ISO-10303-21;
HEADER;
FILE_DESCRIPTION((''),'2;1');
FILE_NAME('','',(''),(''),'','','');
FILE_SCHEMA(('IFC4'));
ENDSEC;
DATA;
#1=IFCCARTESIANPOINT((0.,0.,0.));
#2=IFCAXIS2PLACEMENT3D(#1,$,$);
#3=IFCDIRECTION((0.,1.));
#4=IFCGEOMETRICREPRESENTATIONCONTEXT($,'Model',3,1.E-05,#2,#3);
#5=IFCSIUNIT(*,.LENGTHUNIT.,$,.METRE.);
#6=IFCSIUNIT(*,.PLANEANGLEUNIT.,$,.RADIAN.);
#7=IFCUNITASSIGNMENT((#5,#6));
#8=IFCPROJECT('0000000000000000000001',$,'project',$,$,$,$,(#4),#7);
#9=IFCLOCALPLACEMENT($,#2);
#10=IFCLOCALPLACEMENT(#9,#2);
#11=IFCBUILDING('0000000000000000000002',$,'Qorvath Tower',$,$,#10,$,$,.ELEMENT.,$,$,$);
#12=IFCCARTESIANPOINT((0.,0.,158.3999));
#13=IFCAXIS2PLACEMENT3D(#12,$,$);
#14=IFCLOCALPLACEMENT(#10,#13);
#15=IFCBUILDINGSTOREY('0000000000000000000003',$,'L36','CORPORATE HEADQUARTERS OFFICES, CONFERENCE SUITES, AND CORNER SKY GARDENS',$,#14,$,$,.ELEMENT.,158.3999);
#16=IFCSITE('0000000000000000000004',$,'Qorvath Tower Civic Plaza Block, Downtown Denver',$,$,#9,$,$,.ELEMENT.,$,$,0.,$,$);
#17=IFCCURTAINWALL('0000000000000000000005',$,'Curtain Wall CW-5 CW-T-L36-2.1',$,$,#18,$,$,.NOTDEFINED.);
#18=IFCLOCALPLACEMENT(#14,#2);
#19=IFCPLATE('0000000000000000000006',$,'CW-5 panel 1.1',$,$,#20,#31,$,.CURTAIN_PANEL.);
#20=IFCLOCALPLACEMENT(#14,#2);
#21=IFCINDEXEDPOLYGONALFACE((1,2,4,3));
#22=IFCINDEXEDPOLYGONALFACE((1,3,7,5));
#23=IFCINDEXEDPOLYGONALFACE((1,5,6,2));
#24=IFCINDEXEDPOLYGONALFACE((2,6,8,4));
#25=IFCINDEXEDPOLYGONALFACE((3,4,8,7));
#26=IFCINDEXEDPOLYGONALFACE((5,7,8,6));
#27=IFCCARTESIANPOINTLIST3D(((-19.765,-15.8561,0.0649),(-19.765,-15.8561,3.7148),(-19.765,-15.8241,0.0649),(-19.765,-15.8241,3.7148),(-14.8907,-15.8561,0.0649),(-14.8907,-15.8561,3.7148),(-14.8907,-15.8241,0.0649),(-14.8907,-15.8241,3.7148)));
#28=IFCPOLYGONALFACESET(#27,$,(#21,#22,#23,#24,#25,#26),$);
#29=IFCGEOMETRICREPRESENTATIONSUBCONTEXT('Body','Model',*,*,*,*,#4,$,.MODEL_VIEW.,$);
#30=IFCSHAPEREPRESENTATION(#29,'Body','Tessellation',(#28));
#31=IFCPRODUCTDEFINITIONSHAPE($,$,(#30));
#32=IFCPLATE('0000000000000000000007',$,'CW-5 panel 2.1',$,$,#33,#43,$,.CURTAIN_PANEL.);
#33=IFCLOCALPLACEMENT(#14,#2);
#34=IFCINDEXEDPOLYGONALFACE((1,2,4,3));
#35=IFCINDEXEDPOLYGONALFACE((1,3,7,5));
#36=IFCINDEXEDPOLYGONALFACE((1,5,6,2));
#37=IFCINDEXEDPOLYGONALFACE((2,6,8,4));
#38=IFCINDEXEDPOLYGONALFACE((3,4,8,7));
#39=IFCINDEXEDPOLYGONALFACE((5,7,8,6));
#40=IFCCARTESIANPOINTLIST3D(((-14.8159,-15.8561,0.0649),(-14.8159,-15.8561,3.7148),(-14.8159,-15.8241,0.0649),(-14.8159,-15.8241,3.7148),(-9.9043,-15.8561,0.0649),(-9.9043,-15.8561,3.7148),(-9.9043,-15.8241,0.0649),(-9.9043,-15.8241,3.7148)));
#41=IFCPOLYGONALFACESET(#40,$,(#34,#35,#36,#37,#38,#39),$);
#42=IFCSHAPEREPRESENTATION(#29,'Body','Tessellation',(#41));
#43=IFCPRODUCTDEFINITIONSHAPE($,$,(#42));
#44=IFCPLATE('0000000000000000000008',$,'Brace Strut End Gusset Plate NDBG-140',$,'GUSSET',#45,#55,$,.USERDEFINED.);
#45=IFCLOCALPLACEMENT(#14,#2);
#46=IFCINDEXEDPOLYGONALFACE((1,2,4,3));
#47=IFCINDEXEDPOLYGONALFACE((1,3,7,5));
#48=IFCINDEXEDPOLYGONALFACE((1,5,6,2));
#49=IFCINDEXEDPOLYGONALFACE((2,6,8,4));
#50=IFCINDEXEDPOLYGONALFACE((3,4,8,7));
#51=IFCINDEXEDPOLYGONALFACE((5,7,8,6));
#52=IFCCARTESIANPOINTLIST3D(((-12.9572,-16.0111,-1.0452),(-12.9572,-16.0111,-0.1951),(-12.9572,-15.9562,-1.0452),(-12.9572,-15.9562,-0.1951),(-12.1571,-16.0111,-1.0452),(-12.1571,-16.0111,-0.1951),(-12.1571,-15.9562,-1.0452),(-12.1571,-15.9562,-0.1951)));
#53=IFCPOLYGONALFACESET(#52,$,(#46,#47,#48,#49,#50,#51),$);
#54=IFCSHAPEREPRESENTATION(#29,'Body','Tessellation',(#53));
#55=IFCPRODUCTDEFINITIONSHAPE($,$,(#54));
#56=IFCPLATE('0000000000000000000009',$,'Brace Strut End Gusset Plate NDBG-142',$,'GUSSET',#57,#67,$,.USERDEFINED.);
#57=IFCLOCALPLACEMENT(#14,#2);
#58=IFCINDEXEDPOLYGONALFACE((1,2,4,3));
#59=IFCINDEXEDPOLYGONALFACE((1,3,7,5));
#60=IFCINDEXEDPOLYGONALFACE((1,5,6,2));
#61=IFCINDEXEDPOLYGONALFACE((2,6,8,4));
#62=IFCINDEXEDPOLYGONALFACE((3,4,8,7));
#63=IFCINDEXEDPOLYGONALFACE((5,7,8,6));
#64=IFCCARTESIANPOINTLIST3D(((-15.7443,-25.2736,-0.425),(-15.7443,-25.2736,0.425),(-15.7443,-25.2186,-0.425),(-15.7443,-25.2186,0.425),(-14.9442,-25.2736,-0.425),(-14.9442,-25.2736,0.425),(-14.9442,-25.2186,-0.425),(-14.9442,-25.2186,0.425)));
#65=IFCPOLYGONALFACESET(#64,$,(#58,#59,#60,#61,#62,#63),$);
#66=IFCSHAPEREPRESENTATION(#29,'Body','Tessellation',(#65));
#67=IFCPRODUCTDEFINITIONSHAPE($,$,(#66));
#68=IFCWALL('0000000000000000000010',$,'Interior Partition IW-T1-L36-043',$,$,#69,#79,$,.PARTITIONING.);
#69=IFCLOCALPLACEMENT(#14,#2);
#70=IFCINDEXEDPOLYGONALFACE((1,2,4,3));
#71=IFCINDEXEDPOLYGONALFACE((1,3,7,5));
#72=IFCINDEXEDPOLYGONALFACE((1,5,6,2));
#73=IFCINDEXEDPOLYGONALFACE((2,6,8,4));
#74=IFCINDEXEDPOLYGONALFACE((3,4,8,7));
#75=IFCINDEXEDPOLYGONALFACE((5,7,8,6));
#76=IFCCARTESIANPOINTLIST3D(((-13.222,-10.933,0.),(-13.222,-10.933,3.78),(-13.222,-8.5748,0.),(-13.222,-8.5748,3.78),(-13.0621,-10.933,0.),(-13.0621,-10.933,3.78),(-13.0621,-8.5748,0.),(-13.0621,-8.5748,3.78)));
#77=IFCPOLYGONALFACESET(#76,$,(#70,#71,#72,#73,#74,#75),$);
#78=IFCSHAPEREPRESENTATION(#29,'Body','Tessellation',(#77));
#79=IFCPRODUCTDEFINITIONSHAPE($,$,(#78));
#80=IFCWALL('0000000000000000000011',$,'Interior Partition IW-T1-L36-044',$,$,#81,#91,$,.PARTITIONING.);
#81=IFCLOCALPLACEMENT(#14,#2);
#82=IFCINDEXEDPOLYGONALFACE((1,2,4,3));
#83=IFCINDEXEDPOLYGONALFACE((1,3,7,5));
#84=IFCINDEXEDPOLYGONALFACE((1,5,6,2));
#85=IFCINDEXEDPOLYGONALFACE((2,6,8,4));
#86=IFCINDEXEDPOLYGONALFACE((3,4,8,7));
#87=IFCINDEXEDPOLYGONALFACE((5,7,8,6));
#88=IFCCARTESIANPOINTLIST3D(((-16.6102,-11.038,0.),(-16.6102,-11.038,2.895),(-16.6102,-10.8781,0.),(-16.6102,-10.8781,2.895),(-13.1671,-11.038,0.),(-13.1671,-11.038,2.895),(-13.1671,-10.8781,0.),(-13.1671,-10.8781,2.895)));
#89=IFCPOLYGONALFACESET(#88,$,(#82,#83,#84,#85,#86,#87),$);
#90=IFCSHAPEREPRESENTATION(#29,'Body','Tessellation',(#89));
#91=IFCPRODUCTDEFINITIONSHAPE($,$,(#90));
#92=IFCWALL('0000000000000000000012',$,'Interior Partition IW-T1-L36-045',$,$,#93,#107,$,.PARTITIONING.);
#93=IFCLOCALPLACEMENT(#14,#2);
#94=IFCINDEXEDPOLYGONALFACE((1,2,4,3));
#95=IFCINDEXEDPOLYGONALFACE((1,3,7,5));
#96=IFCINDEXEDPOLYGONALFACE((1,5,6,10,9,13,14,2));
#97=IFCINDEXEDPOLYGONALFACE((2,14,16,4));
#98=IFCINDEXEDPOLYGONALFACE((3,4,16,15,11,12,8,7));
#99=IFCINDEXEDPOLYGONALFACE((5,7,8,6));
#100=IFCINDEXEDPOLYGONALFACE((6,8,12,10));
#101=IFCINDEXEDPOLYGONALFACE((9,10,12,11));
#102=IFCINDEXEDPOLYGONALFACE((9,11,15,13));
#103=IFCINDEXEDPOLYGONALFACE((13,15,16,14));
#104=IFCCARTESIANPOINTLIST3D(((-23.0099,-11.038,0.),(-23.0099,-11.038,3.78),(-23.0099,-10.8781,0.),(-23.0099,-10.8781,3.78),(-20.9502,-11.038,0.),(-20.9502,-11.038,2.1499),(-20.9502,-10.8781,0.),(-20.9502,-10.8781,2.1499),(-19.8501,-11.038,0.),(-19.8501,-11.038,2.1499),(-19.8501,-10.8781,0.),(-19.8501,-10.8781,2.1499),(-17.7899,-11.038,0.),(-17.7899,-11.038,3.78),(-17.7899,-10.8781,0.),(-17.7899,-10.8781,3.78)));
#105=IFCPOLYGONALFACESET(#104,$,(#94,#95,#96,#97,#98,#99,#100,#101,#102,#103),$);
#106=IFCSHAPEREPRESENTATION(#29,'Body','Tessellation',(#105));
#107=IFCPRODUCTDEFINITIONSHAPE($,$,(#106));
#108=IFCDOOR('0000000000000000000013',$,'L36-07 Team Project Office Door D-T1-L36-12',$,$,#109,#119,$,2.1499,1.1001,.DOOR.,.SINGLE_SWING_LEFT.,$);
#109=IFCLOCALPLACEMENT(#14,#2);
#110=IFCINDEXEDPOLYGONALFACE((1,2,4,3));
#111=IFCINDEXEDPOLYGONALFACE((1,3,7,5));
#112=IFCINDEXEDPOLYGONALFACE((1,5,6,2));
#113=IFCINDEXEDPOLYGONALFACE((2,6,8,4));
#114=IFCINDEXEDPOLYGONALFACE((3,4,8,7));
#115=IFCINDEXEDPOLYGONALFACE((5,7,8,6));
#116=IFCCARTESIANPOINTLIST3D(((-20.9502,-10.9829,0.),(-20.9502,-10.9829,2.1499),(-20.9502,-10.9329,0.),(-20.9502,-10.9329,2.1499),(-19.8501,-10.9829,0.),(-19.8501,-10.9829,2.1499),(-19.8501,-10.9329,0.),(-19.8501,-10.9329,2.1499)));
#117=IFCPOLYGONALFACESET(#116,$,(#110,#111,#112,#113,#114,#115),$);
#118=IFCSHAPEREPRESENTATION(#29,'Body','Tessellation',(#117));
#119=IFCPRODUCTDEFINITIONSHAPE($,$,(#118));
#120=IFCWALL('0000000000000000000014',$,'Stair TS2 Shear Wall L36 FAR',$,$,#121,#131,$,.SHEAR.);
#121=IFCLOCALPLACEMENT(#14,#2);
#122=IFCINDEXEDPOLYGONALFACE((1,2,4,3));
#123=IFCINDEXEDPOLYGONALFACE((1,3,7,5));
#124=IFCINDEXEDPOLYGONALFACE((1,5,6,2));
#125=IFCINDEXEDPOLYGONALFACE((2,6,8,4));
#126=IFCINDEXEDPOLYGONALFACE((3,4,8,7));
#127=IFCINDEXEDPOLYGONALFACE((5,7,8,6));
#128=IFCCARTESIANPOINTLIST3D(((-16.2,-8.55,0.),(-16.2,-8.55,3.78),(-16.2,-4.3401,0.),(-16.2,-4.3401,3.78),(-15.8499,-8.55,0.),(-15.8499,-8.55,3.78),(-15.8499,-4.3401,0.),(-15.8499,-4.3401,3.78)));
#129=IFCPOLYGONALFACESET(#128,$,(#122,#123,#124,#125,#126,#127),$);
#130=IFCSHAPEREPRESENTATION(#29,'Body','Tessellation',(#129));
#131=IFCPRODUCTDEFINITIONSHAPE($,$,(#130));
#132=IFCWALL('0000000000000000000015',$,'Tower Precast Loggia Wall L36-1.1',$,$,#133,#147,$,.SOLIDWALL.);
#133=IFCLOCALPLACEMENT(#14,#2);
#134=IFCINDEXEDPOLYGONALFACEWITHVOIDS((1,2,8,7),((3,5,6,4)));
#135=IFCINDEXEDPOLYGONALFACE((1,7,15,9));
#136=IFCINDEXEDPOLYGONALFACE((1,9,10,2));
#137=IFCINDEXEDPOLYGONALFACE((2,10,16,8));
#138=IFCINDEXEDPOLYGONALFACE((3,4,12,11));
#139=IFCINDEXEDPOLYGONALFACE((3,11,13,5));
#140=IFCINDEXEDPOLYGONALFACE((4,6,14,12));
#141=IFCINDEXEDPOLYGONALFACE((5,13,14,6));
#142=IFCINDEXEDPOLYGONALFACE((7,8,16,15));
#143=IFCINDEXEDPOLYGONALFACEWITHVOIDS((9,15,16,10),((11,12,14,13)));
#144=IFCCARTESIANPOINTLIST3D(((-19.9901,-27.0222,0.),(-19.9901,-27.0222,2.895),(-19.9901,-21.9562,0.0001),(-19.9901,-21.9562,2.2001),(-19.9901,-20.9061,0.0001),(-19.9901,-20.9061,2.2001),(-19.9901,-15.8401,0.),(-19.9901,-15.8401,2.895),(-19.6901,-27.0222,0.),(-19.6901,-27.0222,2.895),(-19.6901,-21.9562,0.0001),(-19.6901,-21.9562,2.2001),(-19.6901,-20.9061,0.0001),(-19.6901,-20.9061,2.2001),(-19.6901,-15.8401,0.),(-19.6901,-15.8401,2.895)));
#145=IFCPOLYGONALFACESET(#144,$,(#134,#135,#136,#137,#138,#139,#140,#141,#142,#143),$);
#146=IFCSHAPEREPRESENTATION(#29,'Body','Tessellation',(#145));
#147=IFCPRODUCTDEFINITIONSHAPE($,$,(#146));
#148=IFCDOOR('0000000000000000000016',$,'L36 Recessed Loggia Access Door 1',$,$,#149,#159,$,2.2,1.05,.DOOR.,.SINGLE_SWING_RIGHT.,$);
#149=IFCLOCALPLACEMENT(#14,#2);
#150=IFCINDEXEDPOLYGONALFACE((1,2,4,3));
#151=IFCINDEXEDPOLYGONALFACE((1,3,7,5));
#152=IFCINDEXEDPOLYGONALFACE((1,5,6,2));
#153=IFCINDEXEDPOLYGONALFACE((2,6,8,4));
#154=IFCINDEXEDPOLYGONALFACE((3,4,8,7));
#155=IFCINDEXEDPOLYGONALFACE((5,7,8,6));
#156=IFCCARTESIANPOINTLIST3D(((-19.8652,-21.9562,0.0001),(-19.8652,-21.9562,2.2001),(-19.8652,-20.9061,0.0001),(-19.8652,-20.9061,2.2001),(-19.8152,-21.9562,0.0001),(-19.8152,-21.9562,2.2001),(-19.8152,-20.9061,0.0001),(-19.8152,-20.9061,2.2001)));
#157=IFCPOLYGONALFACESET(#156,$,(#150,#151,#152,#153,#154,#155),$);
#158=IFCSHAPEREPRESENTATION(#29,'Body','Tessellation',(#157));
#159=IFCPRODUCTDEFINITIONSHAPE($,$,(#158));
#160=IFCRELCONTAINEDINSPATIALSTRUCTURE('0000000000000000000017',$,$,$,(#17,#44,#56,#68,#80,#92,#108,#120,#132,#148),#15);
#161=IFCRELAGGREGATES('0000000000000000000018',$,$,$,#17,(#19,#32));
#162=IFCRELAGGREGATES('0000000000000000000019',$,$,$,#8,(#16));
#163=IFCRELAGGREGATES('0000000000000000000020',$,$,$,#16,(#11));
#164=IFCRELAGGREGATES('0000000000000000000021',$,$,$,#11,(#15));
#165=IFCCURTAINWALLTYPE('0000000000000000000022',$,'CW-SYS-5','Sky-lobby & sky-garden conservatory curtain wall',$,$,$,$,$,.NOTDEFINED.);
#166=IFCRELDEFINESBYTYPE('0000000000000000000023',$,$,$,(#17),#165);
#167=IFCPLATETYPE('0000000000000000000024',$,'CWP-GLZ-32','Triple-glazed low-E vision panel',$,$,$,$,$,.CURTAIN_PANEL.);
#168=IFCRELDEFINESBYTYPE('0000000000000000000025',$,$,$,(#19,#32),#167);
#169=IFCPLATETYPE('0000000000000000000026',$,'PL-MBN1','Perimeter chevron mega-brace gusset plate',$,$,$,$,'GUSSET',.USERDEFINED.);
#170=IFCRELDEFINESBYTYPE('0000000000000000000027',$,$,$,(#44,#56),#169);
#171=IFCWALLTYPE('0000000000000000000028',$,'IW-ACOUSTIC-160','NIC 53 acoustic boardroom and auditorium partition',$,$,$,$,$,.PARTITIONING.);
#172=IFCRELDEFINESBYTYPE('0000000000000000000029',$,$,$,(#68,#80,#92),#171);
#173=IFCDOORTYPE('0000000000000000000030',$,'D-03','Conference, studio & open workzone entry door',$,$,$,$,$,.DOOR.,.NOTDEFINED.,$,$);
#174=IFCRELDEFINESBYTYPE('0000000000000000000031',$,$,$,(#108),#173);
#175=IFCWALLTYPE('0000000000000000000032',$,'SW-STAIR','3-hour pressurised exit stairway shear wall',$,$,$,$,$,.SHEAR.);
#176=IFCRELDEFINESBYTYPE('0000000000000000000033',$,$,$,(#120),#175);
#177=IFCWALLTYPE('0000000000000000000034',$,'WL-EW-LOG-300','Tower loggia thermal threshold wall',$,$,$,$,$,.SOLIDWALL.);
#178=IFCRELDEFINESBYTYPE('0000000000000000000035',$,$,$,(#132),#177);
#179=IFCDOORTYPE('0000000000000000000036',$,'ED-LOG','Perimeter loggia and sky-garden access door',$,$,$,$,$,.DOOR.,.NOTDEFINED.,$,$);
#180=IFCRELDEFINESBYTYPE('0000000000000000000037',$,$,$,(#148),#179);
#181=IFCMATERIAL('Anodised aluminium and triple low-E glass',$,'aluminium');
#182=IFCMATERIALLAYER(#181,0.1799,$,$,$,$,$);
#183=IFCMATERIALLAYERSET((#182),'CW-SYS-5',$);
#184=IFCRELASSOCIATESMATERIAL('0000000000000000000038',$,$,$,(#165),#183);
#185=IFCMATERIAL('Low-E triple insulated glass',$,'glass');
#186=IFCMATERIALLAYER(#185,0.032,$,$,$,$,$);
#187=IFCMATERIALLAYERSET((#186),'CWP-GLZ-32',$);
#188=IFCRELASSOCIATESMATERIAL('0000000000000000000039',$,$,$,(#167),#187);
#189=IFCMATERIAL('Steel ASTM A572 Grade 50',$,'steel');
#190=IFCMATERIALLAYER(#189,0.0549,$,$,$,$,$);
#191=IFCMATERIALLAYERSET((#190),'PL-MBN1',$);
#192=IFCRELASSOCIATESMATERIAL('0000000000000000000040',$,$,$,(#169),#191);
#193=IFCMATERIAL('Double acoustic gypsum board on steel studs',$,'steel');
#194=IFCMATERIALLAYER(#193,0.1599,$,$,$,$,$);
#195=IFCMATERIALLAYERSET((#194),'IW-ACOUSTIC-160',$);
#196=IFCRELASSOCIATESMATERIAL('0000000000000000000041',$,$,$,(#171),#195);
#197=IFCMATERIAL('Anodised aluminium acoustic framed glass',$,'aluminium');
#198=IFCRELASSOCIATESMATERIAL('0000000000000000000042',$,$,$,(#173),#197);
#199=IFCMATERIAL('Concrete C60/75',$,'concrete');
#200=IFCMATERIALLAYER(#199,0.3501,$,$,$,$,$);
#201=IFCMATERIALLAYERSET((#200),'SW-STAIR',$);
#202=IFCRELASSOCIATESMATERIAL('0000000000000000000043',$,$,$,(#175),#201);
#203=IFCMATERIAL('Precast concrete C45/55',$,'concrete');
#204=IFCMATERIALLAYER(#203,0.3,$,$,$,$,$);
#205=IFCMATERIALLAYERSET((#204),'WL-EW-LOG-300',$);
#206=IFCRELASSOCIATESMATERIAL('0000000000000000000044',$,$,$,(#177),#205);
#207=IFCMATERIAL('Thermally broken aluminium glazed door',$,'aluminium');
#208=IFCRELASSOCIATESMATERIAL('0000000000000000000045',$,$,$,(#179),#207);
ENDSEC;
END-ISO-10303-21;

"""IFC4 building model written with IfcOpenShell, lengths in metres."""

from ifc_helpers import new_model, si_unit, direction, frame, frame_2d, origin, origin_2d, place, context, subcontext, project, spatial, rectangle, extrude, material, layer, layer_set, type_object, element, fill, aggregate, save


model = new_model("IFC4")

# Units and contexts
model_context = context("Model", 3, precision=1e-05, world=origin(), true_north=direction((0.0, 1.0)))
body_context = subcontext(model_context, "Body", "Model", "MODEL_VIEW")
ifc_project = project(units=[si_unit("LENGTHUNIT", "METRE"), si_unit("PLANEANGLEUNIT", "RADIAN")], contexts=[model_context])

# Site, building, storey
site_placement = place(None, origin())
site = spatial("IfcSite", under=ifc_project, at=site_placement, Name="Qorvath Tower Civic Plaza Block, Downtown Denver", CompositionType="ELEMENT", RefElevation=0.0)
building_placement = place(site_placement, origin())
building = spatial("IfcBuilding", under=site, at=building_placement, Name="Qorvath Tower", CompositionType="ELEMENT")
storey_placement = place(building_placement, frame((0.0, 0.0, 158.3999)))
storey = spatial("IfcBuildingStorey", under=building, at=storey_placement, Name="L36", Description="CORPORATE HEADQUARTERS OFFICES, CONFERENCE SUITES, AND CORNER SKY GARDENS", CompositionType="ELEMENT", Elevation=158.3999)

# Curtain wall
ifc_material_1 = material(Name="Anodised aluminium and triple low-E glass", Category="aluminium")
ifc_layer_1 = layer(ifc_material_1, 0.1799)
ifc_layer_set_1 = layer_set([ifc_layer_1], Name="CW-SYS-5")
curtain_wall_type = type_object("IfcCurtainWallType", Name="CW-SYS-5", Description="Sky-lobby & sky-garden conservatory curtain wall", PredefinedType="NOTDEFINED", material=ifc_layer_set_1)
curtain_wall_placement = place(storey_placement, origin())
curtain_wall = element("IfcCurtainWall", 1, at=curtain_wall_placement, inside=storey, type_object=curtain_wall_type, Name="Curtain Wall CW-5 CW-T-L36-2.1", PredefinedType="NOTDEFINED")

# Plates
ifc_material_2 = material(Name="Low-E triple insulated glass", Category="glass")
ifc_layer_2 = layer(ifc_material_2, 0.032)
ifc_layer_set_2 = layer_set([ifc_layer_2], Name="CWP-GLZ-32")
plate_type_1 = type_object("IfcPlateType", Name="CWP-GLZ-32", Description="Triple-glazed low-E vision panel", PredefinedType="CURTAIN_PANEL", material=ifc_layer_set_2)
plate_1_placement = place(storey_placement, frame((-17.3279, -15.8401, 0.0649), z_axis=(0.0, 0.0, 1.0), x_axis=(1.0, 0.0, 0.0)))
plate_1 = element("IfcPlate", 2, at=plate_1_placement, type_object=plate_type_1, Name="CW-5 panel 1.1", PredefinedType="CURTAIN_PANEL", context=body_context, shape_type="SweptSolid", body=[
    extrude(rectangle(XDim=4.8743, YDim=0.032, at=origin_2d()), origin(), (0.0, 0.0, 1.0), 3.6499),
])
plate_2_placement = place(storey_placement, frame((-12.3601, -15.8401, 0.0649), z_axis=(0.0, 0.0, 1.0), x_axis=(1.0, 0.0, 0.0)))
plate_2 = element("IfcPlate", 3, at=plate_2_placement, type_object=plate_type_1, Name="CW-5 panel 2.1", PredefinedType="CURTAIN_PANEL", context=body_context, shape_type="SweptSolid", body=[
    extrude(rectangle(XDim=4.9116, YDim=0.032, at=origin_2d()), origin(), (0.0, 0.0, 1.0), 3.6499),
])
aggregate(curtain_wall, [plate_1, plate_2])

# Plates
ifc_material_3 = material(Name="Steel ASTM A572 Grade 50", Category="steel")
ifc_layer_3 = layer(ifc_material_3, 0.0549)
ifc_layer_set_3 = layer_set([ifc_layer_3], Name="PL-MBN1")
plate_type_2 = type_object("IfcPlateType", Name="PL-MBN1", Description="Perimeter chevron mega-brace gusset plate", ElementType="GUSSET", PredefinedType="USERDEFINED", material=ifc_layer_set_3)
for number, where, z_axis, x_axis, name in (
    (4, (-12.5571, -15.9836, -1.0452), (0.0, 0.0, 1.0), (1.0, 0.0, 0.0), "Brace Strut End Gusset Plate NDBG-140"),
    (5, (-15.3442, -25.2461, -0.425), (0.0, 0.0, 1.0), (1.0, 0.0, 0.0), "Brace Strut End Gusset Plate NDBG-142"),
):
    element("IfcPlate", number, at=place(storey_placement, frame(where, z_axis=z_axis, x_axis=x_axis)), inside=storey, type_object=plate_type_2, Name=name, ObjectType="GUSSET", PredefinedType="USERDEFINED", context=body_context, shape_type="SweptSolid", body=[
        extrude(rectangle(XDim=0.8, YDim=0.0549, at=origin_2d()), origin(), (0.0, 0.0, 1.0), 0.8501),
    ])

# Walls
ifc_material_4 = material(Name="Double acoustic gypsum board on steel studs", Category="steel")
ifc_layer_4 = layer(ifc_material_4, 0.1599)
ifc_layer_set_4 = layer_set([ifc_layer_4], Name="IW-ACOUSTIC-160")
wall_type_1 = type_object("IfcWallType", Name="IW-ACOUSTIC-160", Description="NIC 53 acoustic boardroom and auditorium partition", PredefinedType="PARTITIONING", material=ifc_layer_set_4)
wall_1_placement = place(storey_placement, frame((-13.1421, -10.9331, 0.0), z_axis=(0.0, 0.0, 1.0), x_axis=(0.0, 1.0, 0.0)))
element("IfcWall", 6, at=wall_1_placement, inside=storey, type_object=wall_type_1, Name="Interior Partition IW-T1-L36-043", PredefinedType="PARTITIONING", context=body_context, shape_type="SweptSolid", body=[
    extrude(rectangle(XDim=2.3582, YDim=0.1599, at=frame_2d((1.1792, 0.0))), origin(), (0.0, 0.0, 1.0), 3.78),
])
wall_2_placement = place(storey_placement, frame((-13.167, -10.958, 0.0), z_axis=(0.0, 0.0, 1.0), x_axis=(-1.0, 0.0, 0.0)))
element("IfcWall", 7, at=wall_2_placement, inside=storey, type_object=wall_type_1, Name="Interior Partition IW-T1-L36-044", PredefinedType="PARTITIONING", context=body_context, shape_type="SweptSolid", body=[
    extrude(rectangle(XDim=3.4431, YDim=0.1599, at=frame_2d((1.7217, 0.0))), origin(), (0.0, 0.0, 1.0), 2.895),
])

# Wall, opening, door
wall_3_placement = place(storey_placement, frame((-17.79, -10.958, 0.0), z_axis=(0.0, 0.0, 1.0), x_axis=(-1.0, 0.0, 0.0)))
wall_3 = element("IfcWall", 8, at=wall_3_placement, inside=storey, type_object=wall_type_1, Name="Interior Partition IW-T1-L36-045", PredefinedType="PARTITIONING", context=body_context, shape_type="SweptSolid", body=[
    extrude(rectangle(XDim=5.22, YDim=0.1599, at=frame_2d((2.6099, 0.0))), origin(), (0.0, 0.0, 1.0), 3.78),
])
opening_1_placement = place(wall_3_placement, frame((2.0601, 0.0, 0.0)))
opening_1 = element("IfcOpeningElement", 9, at=opening_1_placement, cuts=wall_3, PredefinedType="OPENING", context=body_context, shape_type="SweptSolid", body=[
    extrude(rectangle(XDim=1.1001, YDim=2.1499, at=frame_2d((0.55, 1.075))), frame((0.0, 0.0898, 0.0), z_axis=(0.0, -1.0, 0.0), x_axis=(1.0, 0.0, 0.0)), (0.0, 0.0, 1.0), 0.1799),
])
ifc_material_5 = material(Name="Anodised aluminium acoustic framed glass", Category="aluminium")
door_type_1 = type_object("IfcDoorType", Name="D-03", Description="Conference, studio & open workzone entry door", OperationType="NOTDEFINED", PredefinedType="DOOR", material=ifc_material_5)
door_1_placement = place(opening_1_placement, origin())
door_1 = element("IfcDoor", 10, at=door_1_placement, inside=storey, type_object=door_type_1, Name="L36-07 Team Project Office Door D-T1-L36-12", OperationType="SINGLE_SWING_LEFT", OverallHeight=2.1499, OverallWidth=1.1001, PredefinedType="DOOR", context=body_context, shape_type="SweptSolid", body=[
    extrude(rectangle(XDim=1.1001, YDim=2.1499, at=frame_2d((0.55, 1.075))), frame((0.0, 0.0249, 0.0), z_axis=(0.0, -1.0, 0.0), x_axis=(1.0, 0.0, 0.0)), (0.0, 0.0, 1.0), 0.05),
])
fill(opening_1, door_1)

# Wall
ifc_material_6 = material(Name="Concrete C60/75", Category="concrete")
ifc_layer_5 = layer(ifc_material_6, 0.3501)
ifc_layer_set_5 = layer_set([ifc_layer_5], Name="SW-STAIR")
wall_type_2 = type_object("IfcWallType", Name="SW-STAIR", Description="3-hour pressurised exit stairway shear wall", PredefinedType="SHEAR", material=ifc_layer_set_5)
wall_4_placement = place(storey_placement, frame((-16.0249, -8.55, 0.0), z_axis=(0.0, 0.0, 1.0), x_axis=(0.0, 1.0, 0.0)))
element("IfcWall", 11, at=wall_4_placement, inside=storey, type_object=wall_type_2, Name="Stair TS2 Shear Wall L36 FAR", PredefinedType="SHEAR", context=body_context, shape_type="SweptSolid", body=[
    extrude(rectangle(XDim=4.21, YDim=0.3501, at=frame_2d((2.105, 0.0))), origin(), (0.0, 0.0, 1.0), 3.78),
])

# Wall, opening, door
ifc_material_7 = material(Name="Precast concrete C45/55", Category="concrete")
ifc_layer_6 = layer(ifc_material_7, 0.3)
ifc_layer_set_6 = layer_set([ifc_layer_6], Name="WL-EW-LOG-300")
wall_type_3 = type_object("IfcWallType", Name="WL-EW-LOG-300", Description="Tower loggia thermal threshold wall", PredefinedType="SOLIDWALL", material=ifc_layer_set_6)
wall_5_placement = place(storey_placement, frame((-19.8401, -15.8401, 0.0), z_axis=(0.0, 0.0, 1.0), x_axis=(0.0, -1.0, 0.0)))
wall_5 = element("IfcWall", 12, at=wall_5_placement, inside=storey, type_object=wall_type_3, Name="Tower Precast Loggia Wall L36-1.1", PredefinedType="SOLIDWALL", context=body_context, shape_type="SweptSolid", body=[
    extrude(rectangle(XDim=11.1821, YDim=0.3, at=frame_2d((5.5911, 0.0))), origin(), (0.0, 0.0, 1.0), 2.895),
])
opening_2_placement = place(wall_5_placement, frame((5.0662, 0.0, 0.0)))
opening_2 = element("IfcOpeningElement", 13, at=opening_2_placement, cuts=wall_5, PredefinedType="OPENING", context=body_context, shape_type="SweptSolid", body=[
    extrude(rectangle(XDim=1.05, YDim=2.2, at=frame_2d((0.5249, 1.1001))), frame((0.0, 0.1602, 0.0), z_axis=(0.0, -1.0, 0.0), x_axis=(1.0, 0.0, 0.0)), (0.0, 0.0, 1.0), 0.3201),
])
ifc_material_8 = material(Name="Thermally broken aluminium glazed door", Category="aluminium")
door_type_2 = type_object("IfcDoorType", Name="ED-LOG", Description="Perimeter loggia and sky-garden access door", OperationType="NOTDEFINED", PredefinedType="DOOR", material=ifc_material_8)
door_2_placement = place(opening_2_placement, origin())
door_2 = element("IfcDoor", 14, at=door_2_placement, inside=storey, type_object=door_type_2, Name="L36 Recessed Loggia Access Door 1", OperationType="SINGLE_SWING_RIGHT", OverallHeight=2.2, OverallWidth=1.05, PredefinedType="DOOR", context=body_context, shape_type="SweptSolid", body=[
    extrude(rectangle(XDim=1.05, YDim=2.2, at=frame_2d((0.5249, 1.1001))), frame((0.0, 0.0249, 0.0), z_axis=(0.0, -1.0, 0.0), x_axis=(1.0, 0.0, 0.0)), (0.0, 0.0, 1.0), 0.05),
])
fill(opening_2, door_2)

save(model, "model.ifc")
